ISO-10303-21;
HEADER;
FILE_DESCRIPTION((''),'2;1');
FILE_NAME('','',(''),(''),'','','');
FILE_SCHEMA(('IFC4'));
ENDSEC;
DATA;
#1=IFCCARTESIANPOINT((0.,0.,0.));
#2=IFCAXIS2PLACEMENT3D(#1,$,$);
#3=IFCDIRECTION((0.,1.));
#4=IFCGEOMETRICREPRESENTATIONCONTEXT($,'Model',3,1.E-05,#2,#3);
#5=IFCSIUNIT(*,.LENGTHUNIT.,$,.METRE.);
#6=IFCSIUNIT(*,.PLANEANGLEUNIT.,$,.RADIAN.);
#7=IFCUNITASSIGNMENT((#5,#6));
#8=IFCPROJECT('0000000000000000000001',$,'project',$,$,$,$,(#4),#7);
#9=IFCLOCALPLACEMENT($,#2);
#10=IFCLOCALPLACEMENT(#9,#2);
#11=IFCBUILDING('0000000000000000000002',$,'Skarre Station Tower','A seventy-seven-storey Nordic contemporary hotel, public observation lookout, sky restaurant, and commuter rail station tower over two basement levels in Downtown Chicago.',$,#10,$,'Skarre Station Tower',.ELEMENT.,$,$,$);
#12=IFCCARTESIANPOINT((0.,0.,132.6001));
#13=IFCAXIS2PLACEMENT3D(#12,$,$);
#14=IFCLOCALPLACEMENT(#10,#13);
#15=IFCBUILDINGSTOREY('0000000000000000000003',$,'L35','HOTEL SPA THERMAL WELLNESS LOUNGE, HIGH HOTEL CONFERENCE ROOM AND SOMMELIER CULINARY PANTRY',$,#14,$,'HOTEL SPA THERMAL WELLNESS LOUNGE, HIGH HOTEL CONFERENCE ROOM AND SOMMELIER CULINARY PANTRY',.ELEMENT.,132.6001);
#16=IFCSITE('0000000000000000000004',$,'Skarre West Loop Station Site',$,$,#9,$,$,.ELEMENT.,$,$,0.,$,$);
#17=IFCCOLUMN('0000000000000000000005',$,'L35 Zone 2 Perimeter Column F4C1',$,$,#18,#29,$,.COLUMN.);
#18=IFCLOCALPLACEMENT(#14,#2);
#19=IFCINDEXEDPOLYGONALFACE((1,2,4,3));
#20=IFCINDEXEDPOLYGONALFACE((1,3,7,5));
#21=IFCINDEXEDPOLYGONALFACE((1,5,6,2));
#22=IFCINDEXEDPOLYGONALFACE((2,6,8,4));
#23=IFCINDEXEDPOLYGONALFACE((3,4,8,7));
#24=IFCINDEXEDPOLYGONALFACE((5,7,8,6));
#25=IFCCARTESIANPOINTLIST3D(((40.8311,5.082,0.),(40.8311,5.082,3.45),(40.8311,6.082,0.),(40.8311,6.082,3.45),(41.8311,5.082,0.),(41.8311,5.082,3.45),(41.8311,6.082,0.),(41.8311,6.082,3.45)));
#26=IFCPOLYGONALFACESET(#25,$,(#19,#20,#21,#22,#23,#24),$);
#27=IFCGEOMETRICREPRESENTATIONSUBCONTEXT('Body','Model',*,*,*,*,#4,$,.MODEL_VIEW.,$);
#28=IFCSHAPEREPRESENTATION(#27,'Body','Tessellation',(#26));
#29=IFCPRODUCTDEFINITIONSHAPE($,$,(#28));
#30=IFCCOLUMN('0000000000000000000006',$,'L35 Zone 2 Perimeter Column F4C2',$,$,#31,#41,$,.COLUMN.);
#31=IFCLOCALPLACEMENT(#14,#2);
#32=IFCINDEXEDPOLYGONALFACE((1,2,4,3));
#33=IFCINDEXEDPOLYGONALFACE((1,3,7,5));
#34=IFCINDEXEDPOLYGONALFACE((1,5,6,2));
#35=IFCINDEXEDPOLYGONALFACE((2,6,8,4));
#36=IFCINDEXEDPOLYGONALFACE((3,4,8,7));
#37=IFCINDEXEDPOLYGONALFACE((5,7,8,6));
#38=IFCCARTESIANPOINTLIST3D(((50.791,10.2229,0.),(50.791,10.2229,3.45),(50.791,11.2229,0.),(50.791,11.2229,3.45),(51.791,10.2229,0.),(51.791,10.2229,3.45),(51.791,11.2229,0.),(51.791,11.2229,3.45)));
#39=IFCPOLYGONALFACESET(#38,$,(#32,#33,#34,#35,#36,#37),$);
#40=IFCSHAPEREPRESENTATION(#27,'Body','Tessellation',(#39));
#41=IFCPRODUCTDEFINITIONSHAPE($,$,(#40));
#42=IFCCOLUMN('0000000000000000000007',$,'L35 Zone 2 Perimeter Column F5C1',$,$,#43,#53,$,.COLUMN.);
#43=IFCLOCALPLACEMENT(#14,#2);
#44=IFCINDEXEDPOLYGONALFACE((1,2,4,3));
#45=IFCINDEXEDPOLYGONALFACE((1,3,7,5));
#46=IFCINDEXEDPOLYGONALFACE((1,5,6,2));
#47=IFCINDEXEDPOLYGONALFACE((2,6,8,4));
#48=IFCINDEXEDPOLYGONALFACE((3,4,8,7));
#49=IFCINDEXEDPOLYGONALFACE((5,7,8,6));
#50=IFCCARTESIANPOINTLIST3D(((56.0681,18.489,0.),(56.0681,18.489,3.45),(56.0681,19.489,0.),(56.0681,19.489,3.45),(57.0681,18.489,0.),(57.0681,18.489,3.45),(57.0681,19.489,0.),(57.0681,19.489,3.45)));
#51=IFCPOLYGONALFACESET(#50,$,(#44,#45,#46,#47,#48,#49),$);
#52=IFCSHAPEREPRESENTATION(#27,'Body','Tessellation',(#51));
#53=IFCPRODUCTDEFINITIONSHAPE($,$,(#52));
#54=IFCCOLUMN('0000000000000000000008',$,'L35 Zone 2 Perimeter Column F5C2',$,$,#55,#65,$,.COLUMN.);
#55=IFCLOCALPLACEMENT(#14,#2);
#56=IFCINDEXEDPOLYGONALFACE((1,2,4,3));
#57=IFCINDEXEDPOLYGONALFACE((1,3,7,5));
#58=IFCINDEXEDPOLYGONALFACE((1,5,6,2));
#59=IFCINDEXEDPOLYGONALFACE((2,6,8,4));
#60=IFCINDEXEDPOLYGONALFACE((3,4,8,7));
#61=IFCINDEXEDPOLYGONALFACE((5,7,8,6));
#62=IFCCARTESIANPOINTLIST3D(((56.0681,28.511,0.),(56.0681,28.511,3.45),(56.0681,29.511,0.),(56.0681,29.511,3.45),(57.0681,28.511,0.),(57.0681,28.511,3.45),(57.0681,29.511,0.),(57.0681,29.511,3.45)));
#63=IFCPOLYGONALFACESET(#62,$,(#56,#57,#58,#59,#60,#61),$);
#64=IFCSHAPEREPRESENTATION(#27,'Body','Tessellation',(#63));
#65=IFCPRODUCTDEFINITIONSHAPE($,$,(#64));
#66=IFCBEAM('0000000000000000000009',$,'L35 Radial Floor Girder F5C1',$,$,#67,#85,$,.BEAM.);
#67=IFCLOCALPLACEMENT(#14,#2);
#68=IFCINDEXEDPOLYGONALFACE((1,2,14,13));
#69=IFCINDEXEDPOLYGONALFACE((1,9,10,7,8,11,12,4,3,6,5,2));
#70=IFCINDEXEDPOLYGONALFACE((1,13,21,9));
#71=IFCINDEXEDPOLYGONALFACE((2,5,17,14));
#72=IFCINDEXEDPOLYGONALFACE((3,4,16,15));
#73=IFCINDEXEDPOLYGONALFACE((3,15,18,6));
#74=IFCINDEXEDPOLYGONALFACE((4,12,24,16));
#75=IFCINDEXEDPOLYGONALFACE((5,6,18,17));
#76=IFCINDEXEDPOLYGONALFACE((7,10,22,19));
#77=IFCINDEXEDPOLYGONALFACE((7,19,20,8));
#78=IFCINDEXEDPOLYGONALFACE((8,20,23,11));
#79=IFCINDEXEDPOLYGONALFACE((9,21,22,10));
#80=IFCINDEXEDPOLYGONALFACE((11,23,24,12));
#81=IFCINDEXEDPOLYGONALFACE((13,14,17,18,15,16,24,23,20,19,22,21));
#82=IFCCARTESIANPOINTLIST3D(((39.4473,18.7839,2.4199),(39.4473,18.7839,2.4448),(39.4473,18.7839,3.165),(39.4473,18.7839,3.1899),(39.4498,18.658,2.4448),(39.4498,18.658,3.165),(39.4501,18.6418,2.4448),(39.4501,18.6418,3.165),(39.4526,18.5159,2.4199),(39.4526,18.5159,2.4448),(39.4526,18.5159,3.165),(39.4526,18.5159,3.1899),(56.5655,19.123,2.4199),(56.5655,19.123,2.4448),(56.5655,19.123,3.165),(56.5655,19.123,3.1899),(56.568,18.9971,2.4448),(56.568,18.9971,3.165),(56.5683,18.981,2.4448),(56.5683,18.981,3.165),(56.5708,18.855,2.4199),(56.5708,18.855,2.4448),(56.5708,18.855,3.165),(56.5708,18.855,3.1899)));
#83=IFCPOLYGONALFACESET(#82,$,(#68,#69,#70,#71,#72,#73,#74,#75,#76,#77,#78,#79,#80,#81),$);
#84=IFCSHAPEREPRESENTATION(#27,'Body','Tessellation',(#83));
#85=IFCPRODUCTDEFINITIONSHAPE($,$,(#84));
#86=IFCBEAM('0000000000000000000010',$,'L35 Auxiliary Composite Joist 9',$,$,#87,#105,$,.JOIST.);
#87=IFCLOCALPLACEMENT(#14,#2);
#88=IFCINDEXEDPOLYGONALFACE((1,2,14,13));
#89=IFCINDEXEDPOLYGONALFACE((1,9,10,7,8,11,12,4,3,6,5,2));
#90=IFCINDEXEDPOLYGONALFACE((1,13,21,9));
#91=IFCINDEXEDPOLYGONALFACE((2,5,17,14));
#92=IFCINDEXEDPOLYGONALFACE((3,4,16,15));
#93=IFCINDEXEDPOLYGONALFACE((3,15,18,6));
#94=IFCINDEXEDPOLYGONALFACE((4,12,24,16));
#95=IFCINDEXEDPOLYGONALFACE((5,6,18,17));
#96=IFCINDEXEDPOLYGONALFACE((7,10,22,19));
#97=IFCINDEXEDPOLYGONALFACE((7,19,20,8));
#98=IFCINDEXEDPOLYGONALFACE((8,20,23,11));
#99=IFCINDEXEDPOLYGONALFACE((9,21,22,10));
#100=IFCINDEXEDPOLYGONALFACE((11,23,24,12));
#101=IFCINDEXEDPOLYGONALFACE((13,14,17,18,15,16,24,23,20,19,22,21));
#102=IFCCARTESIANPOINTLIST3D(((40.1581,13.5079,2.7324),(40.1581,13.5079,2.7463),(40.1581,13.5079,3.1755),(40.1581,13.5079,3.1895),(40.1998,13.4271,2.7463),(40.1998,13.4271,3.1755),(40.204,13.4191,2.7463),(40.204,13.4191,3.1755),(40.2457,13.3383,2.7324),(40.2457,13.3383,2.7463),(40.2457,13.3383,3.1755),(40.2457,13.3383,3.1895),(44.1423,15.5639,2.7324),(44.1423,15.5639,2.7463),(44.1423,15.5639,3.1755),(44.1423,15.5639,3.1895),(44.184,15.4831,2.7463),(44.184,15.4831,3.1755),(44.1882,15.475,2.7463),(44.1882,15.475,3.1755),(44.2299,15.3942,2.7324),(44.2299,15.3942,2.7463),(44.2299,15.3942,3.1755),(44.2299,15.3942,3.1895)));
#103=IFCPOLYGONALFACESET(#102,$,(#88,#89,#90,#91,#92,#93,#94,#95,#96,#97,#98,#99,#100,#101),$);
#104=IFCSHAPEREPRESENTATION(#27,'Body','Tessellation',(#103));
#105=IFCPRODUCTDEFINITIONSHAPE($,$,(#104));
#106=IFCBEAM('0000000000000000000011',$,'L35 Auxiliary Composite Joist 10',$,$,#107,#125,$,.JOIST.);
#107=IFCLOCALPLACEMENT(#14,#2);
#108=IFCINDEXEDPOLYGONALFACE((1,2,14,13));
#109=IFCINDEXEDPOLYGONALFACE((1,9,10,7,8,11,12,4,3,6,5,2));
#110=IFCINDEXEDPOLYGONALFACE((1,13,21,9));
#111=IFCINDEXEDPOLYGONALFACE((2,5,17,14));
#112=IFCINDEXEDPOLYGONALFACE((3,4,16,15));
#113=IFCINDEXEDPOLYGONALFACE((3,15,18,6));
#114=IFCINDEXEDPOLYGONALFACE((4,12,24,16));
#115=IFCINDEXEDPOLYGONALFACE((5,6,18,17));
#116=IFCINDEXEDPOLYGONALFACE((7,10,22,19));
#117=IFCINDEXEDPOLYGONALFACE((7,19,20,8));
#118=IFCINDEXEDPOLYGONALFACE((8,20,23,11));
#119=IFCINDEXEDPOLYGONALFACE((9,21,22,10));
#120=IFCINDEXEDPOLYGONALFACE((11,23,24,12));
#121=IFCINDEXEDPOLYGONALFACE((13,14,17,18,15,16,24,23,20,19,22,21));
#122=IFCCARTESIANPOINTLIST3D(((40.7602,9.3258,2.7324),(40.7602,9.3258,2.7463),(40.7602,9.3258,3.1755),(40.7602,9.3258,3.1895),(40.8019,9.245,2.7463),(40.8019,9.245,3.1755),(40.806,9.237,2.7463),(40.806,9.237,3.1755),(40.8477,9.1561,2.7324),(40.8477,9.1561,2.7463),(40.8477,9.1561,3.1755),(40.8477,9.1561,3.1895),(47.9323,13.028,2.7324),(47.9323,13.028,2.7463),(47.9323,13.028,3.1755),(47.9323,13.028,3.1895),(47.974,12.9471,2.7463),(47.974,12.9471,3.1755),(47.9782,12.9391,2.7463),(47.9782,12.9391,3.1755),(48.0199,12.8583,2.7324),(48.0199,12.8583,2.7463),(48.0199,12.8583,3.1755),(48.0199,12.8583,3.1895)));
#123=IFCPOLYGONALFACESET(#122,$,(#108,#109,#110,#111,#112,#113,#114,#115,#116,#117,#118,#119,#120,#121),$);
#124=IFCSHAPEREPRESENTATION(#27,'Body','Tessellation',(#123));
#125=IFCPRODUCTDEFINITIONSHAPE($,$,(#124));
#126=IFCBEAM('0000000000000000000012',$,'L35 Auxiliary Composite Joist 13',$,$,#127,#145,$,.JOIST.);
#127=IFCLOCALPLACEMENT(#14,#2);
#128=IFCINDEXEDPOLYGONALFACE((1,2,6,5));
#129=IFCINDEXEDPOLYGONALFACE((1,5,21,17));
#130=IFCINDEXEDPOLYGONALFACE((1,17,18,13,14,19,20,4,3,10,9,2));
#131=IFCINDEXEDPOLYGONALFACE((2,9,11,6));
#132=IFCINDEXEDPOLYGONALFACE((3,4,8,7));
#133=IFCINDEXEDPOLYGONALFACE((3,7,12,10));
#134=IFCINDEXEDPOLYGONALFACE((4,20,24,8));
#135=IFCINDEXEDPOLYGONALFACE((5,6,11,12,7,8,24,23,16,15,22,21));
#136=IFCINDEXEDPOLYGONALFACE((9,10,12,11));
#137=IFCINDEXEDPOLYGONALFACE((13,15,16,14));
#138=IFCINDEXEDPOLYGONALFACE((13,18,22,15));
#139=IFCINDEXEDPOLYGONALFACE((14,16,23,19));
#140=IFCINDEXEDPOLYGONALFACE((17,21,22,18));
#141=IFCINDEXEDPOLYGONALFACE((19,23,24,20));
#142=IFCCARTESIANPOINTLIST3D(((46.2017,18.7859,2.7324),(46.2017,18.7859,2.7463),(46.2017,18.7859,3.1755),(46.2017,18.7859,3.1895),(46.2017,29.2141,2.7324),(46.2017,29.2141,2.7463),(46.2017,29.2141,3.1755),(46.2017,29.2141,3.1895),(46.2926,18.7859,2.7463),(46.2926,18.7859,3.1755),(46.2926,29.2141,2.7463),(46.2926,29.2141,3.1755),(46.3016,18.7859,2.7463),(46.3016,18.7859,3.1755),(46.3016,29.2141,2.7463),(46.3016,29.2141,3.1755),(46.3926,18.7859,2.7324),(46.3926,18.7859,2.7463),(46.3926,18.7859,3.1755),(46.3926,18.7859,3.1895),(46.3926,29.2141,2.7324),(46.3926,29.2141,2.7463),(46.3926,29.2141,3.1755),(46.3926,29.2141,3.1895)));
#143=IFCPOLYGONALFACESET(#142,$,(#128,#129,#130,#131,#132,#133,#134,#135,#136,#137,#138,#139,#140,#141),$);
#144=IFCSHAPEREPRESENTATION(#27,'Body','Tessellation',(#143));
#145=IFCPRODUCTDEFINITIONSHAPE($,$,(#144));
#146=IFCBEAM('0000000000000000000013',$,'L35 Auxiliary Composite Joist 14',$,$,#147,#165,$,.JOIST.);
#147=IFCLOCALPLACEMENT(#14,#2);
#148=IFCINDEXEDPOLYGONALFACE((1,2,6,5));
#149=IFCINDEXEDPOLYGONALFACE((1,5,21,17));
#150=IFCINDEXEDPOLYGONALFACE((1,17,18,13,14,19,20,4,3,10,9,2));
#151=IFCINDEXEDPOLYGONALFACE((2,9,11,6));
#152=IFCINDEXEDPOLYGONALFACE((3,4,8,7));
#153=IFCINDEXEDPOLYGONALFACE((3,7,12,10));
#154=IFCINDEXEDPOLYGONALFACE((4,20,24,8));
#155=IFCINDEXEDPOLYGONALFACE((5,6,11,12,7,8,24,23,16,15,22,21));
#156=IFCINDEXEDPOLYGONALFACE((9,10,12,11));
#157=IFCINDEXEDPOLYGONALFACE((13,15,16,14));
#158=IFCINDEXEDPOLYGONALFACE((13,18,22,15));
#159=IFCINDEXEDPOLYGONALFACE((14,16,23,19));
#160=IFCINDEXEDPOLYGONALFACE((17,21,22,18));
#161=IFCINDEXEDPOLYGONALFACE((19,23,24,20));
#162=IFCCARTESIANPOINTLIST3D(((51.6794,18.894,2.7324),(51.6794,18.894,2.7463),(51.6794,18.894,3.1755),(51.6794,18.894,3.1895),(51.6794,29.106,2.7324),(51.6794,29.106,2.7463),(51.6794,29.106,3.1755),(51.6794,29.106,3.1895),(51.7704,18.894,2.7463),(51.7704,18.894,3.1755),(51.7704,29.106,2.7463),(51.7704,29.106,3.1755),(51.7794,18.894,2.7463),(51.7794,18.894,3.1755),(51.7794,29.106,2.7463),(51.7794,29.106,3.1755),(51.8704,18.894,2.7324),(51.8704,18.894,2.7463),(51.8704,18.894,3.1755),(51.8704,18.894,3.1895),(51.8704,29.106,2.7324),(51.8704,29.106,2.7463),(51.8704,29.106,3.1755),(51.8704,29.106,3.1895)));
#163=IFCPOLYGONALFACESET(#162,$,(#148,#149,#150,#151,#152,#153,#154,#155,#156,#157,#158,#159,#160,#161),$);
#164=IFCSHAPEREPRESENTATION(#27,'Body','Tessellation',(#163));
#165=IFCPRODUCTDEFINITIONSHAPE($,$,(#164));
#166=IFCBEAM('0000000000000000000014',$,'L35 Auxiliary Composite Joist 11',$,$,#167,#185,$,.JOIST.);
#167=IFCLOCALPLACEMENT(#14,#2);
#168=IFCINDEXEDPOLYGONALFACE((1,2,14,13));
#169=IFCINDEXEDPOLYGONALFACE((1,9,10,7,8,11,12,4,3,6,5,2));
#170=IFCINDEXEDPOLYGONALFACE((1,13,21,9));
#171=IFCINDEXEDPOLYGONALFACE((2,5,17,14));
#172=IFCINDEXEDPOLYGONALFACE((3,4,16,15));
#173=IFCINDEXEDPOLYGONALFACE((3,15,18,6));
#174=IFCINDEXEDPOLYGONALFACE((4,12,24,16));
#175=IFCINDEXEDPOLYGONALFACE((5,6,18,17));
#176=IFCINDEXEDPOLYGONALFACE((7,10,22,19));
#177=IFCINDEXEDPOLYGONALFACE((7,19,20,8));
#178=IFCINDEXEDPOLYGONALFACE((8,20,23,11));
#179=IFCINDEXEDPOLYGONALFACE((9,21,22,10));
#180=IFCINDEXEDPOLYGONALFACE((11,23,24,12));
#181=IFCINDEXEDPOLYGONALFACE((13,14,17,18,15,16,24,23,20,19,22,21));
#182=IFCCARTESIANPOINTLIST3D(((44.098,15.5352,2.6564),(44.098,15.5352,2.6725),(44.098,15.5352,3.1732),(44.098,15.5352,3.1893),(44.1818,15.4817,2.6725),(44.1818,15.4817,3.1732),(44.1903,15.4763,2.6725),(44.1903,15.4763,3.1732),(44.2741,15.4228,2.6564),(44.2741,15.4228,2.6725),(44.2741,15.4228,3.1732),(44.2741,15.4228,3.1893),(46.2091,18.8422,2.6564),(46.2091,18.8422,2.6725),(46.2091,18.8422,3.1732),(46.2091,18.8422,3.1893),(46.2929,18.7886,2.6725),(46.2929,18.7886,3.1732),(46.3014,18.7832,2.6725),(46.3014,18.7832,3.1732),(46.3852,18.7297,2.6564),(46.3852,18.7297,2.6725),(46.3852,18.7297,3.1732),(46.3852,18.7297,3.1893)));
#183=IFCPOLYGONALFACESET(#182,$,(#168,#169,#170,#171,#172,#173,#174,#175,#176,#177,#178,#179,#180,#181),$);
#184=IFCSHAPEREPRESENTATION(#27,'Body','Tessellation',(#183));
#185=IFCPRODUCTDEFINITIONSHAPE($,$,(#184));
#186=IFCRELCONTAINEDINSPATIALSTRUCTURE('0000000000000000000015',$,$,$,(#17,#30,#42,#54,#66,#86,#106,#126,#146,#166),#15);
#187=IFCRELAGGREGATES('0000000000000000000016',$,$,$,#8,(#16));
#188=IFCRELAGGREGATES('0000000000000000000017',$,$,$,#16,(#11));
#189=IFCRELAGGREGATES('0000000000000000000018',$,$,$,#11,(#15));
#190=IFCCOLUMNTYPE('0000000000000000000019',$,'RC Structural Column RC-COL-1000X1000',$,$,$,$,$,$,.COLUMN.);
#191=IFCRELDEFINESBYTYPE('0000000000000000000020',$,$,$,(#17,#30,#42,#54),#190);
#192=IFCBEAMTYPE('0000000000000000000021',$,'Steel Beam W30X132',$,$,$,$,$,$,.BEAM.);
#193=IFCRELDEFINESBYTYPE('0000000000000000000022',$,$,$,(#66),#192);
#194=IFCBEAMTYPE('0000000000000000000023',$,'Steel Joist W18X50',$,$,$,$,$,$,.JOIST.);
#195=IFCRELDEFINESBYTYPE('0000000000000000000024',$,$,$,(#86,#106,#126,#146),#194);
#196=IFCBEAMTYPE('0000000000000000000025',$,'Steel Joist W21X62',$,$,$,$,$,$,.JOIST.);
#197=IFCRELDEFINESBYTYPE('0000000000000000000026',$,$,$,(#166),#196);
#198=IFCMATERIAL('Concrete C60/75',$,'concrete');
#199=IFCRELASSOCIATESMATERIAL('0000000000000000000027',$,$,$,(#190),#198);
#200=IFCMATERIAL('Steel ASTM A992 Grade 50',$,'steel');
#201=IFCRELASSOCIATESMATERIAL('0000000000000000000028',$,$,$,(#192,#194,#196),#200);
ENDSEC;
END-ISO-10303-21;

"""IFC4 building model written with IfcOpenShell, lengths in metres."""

from ifc_helpers import new_model, si_unit, direction, frame, origin, origin_2d, place, context, subcontext, project, spatial, rectangle, i_section, extrude, material, material_profile, profile_set, type_object, element, save


model = new_model("IFC4")

# Units and contexts
model_context = context("Model", 3, precision=1e-05, world=origin(), true_north=direction((0.0, 1.0)))
body_context = subcontext(model_context, "Body", "Model", "MODEL_VIEW")
ifc_project = project(units=[si_unit("LENGTHUNIT", "METRE"), si_unit("PLANEANGLEUNIT", "RADIAN")], contexts=[model_context])

# Site, building, storey
site_placement = place(None, origin())
site = spatial("IfcSite", under=ifc_project, at=site_placement, Name="Skarre West Loop Station Site", CompositionType="ELEMENT", RefElevation=0.0)
building_placement = place(site_placement, origin())
building = spatial("IfcBuilding", under=site, at=building_placement, Name="Skarre Station Tower", Description="A seventy-seven-storey Nordic contemporary hotel, public observation lookout, sky restaurant, and commuter rail station tower over two basement levels in Downtown Chicago.", LongName="Skarre Station Tower", CompositionType="ELEMENT")
storey_placement = place(building_placement, frame((0.0, 0.0, 132.6001)))
storey = spatial("IfcBuildingStorey", under=building, at=storey_placement, Name="L35", Description="HOTEL SPA THERMAL WELLNESS LOUNGE, HIGH HOTEL CONFERENCE ROOM AND SOMMELIER CULINARY PANTRY", LongName="HOTEL SPA THERMAL WELLNESS LOUNGE, HIGH HOTEL CONFERENCE ROOM AND SOMMELIER CULINARY PANTRY", CompositionType="ELEMENT", Elevation=132.6001)

# Columns
ifc_material_1 = material(Name="Concrete C60/75", Category="concrete")
ifc_material_profile_1 = material_profile(ifc_material_1, rectangle(XDim=1.0, YDim=1.0, at=origin_2d()), Name="Concrete C60/75")
ifc_profile_set_1 = profile_set([ifc_material_profile_1], Name="Concrete C60/75")
column_type = type_object("IfcColumnType", Name="RC Structural Column RC-COL-1000X1000", PredefinedType="COLUMN", material=ifc_profile_set_1)
for number, where, z_axis, x_axis, name in (
    (1, (41.3311, 5.582, 0.0), (0.0, 0.0, 1.0), (1.0, 0.0, 0.0), "L35 Zone 2 Perimeter Column F4C1"),
    (2, (51.291, 10.7229, 0.0), (0.0, 0.0, 1.0), (1.0, 0.0, 0.0), "L35 Zone 2 Perimeter Column F4C2"),
    (3, (56.5681, 18.989, 0.0), (0.0, 0.0, 1.0), (1.0, 0.0, 0.0), "L35 Zone 2 Perimeter Column F5C1"),
    (4, (56.5681, 29.011, 0.0), (0.0, 0.0, 1.0), (1.0, 0.0, 0.0), "L35 Zone 2 Perimeter Column F5C2"),
):
    element("IfcColumn", number, at=place(storey_placement, frame(where, z_axis=z_axis, x_axis=x_axis)), inside=storey, type_object=column_type, Name=name, PredefinedType="COLUMN", context=body_context, shape_type="SweptSolid", body=[
        extrude(rectangle(XDim=1.0, YDim=1.0, at=origin_2d()), origin(), (0.0, 0.0, 1.0), 3.45),
    ])

# Beams
ifc_material_2 = material(Name="Steel ASTM A992 Grade 50", Category="steel")
ifc_material_profile_2 = material_profile(ifc_material_2, i_section(OverallWidth=0.2681, OverallDepth=0.77, WebThickness=0.0161, FlangeThickness=0.0249, at=origin_2d()), Name="Steel ASTM A992 Grade 50")
ifc_profile_set_2 = profile_set([ifc_material_profile_2], Name="Steel ASTM A992 Grade 50")
beam_type_1 = type_object("IfcBeamType", Name="Steel Beam W30X132", PredefinedType="BEAM", material=ifc_profile_set_2)
beam_1_placement = place(storey_placement, frame((39.45, 18.6499, 2.8049), z_axis=(0.999804, 0.019806, 0.0), x_axis=(-0.019806, 0.999804, 0.0)))
element("IfcBeam", 5, at=beam_1_placement, inside=storey, type_object=beam_type_1, Name="L35 Radial Floor Girder F5C1", PredefinedType="BEAM", context=body_context, shape_type="SweptSolid", body=[
    extrude(i_section(OverallWidth=0.2681, OverallDepth=0.77, WebThickness=0.0161, FlangeThickness=0.0249, at=origin_2d()), origin(), (0.0, 0.0, 1.0), 17.1216),
])
ifc_material_profile_3 = material_profile(ifc_material_2, i_section(OverallWidth=0.1909, OverallDepth=0.457, WebThickness=0.009, FlangeThickness=0.0139, at=origin_2d()), Name="Steel ASTM A992 Grade 50")
ifc_profile_set_3 = profile_set([ifc_material_profile_3], Name="Steel ASTM A992 Grade 50")
beam_type_2 = type_object("IfcBeamType", Name="Steel Joist W18X50", PredefinedType="JOIST", material=ifc_profile_set_3)
beam_2_placement = place(storey_placement, frame((40.2019, 13.4231, 2.9609), z_axis=(0.888659, 0.458569, 0.0), x_axis=(-0.458569, 0.888659, 0.0)))
element("IfcBeam", 6, at=beam_2_placement, inside=storey, type_object=beam_type_2, Name="L35 Auxiliary Composite Joist 9", PredefinedType="JOIST", context=body_context, shape_type="SweptSolid", body=[
    extrude(i_section(OverallWidth=0.1909, OverallDepth=0.457, WebThickness=0.009, FlangeThickness=0.0139, at=origin_2d()), origin(), (0.0, 0.0, 1.0), 4.4834),
])
beam_3_placement = place(storey_placement, frame((40.804, 9.241, 2.9609), z_axis=(0.8886, 0.458683, 0.0), x_axis=(-0.458683, 0.8886, 0.0)))
element("IfcBeam", 7, at=beam_3_placement, inside=storey, type_object=beam_type_2, Name="L35 Auxiliary Composite Joist 10", PredefinedType="JOIST", context=body_context, shape_type="SweptSolid", body=[
    extrude(i_section(OverallWidth=0.1909, OverallDepth=0.457, WebThickness=0.009, FlangeThickness=0.0139, at=origin_2d()), origin(), (0.0, 0.0, 1.0), 8.0713),
])
beam_4_placement = place(storey_placement, frame((46.2971, 18.7859, 2.9609), z_axis=(0.0, 1.0, 0.0), x_axis=(-1.0, 0.0, 0.0)))
element("IfcBeam", 8, at=beam_4_placement, inside=storey, type_object=beam_type_2, Name="L35 Auxiliary Composite Joist 13", PredefinedType="JOIST", context=body_context, shape_type="SweptSolid", body=[
    extrude(i_section(OverallWidth=0.1909, OverallDepth=0.457, WebThickness=0.009, FlangeThickness=0.0139, at=origin_2d()), origin(), (0.0, 0.0, 1.0), 10.4282),
])
beam_5_placement = place(storey_placement, frame((51.7749, 18.894, 2.9609), z_axis=(0.0, 1.0, 0.0), x_axis=(-1.0, 0.0, 0.0)))
element("IfcBeam", 9, at=beam_5_placement, inside=storey, type_object=beam_type_2, Name="L35 Auxiliary Composite Joist 14", PredefinedType="JOIST", context=body_context, shape_type="SweptSolid", body=[
    extrude(i_section(OverallWidth=0.1909, OverallDepth=0.457, WebThickness=0.009, FlangeThickness=0.0139, at=origin_2d()), origin(), (0.0, 0.0, 1.0), 10.2119),
])
ifc_material_profile_4 = material_profile(ifc_material_2, i_section(OverallWidth=0.209, OverallDepth=0.533, WebThickness=0.01, FlangeThickness=0.0161, at=origin_2d()), Name="Steel ASTM A992 Grade 50")
ifc_profile_set_4 = profile_set([ifc_material_profile_4], Name="Steel ASTM A992 Grade 50")
beam_type_3 = type_object("IfcBeamType", Name="Steel Joist W21X62", PredefinedType="JOIST", material=ifc_profile_set_4)
beam_6_placement = place(storey_placement, frame((44.186, 15.479, 2.9229), z_axis=(0.538091, 0.842887, 0.0), x_axis=(-0.842887, 0.538091, 0.0)))
element("IfcBeam", 10, at=beam_6_placement, inside=storey, type_object=beam_type_3, Name="L35 Auxiliary Composite Joist 11", PredefinedType="JOIST", context=body_context, shape_type="SweptSolid", body=[
    extrude(i_section(OverallWidth=0.209, OverallDepth=0.533, WebThickness=0.01, FlangeThickness=0.0161, at=origin_2d()), origin(), (0.0, 0.0, 1.0), 3.9233),
])

save(model, "model.ifc")
